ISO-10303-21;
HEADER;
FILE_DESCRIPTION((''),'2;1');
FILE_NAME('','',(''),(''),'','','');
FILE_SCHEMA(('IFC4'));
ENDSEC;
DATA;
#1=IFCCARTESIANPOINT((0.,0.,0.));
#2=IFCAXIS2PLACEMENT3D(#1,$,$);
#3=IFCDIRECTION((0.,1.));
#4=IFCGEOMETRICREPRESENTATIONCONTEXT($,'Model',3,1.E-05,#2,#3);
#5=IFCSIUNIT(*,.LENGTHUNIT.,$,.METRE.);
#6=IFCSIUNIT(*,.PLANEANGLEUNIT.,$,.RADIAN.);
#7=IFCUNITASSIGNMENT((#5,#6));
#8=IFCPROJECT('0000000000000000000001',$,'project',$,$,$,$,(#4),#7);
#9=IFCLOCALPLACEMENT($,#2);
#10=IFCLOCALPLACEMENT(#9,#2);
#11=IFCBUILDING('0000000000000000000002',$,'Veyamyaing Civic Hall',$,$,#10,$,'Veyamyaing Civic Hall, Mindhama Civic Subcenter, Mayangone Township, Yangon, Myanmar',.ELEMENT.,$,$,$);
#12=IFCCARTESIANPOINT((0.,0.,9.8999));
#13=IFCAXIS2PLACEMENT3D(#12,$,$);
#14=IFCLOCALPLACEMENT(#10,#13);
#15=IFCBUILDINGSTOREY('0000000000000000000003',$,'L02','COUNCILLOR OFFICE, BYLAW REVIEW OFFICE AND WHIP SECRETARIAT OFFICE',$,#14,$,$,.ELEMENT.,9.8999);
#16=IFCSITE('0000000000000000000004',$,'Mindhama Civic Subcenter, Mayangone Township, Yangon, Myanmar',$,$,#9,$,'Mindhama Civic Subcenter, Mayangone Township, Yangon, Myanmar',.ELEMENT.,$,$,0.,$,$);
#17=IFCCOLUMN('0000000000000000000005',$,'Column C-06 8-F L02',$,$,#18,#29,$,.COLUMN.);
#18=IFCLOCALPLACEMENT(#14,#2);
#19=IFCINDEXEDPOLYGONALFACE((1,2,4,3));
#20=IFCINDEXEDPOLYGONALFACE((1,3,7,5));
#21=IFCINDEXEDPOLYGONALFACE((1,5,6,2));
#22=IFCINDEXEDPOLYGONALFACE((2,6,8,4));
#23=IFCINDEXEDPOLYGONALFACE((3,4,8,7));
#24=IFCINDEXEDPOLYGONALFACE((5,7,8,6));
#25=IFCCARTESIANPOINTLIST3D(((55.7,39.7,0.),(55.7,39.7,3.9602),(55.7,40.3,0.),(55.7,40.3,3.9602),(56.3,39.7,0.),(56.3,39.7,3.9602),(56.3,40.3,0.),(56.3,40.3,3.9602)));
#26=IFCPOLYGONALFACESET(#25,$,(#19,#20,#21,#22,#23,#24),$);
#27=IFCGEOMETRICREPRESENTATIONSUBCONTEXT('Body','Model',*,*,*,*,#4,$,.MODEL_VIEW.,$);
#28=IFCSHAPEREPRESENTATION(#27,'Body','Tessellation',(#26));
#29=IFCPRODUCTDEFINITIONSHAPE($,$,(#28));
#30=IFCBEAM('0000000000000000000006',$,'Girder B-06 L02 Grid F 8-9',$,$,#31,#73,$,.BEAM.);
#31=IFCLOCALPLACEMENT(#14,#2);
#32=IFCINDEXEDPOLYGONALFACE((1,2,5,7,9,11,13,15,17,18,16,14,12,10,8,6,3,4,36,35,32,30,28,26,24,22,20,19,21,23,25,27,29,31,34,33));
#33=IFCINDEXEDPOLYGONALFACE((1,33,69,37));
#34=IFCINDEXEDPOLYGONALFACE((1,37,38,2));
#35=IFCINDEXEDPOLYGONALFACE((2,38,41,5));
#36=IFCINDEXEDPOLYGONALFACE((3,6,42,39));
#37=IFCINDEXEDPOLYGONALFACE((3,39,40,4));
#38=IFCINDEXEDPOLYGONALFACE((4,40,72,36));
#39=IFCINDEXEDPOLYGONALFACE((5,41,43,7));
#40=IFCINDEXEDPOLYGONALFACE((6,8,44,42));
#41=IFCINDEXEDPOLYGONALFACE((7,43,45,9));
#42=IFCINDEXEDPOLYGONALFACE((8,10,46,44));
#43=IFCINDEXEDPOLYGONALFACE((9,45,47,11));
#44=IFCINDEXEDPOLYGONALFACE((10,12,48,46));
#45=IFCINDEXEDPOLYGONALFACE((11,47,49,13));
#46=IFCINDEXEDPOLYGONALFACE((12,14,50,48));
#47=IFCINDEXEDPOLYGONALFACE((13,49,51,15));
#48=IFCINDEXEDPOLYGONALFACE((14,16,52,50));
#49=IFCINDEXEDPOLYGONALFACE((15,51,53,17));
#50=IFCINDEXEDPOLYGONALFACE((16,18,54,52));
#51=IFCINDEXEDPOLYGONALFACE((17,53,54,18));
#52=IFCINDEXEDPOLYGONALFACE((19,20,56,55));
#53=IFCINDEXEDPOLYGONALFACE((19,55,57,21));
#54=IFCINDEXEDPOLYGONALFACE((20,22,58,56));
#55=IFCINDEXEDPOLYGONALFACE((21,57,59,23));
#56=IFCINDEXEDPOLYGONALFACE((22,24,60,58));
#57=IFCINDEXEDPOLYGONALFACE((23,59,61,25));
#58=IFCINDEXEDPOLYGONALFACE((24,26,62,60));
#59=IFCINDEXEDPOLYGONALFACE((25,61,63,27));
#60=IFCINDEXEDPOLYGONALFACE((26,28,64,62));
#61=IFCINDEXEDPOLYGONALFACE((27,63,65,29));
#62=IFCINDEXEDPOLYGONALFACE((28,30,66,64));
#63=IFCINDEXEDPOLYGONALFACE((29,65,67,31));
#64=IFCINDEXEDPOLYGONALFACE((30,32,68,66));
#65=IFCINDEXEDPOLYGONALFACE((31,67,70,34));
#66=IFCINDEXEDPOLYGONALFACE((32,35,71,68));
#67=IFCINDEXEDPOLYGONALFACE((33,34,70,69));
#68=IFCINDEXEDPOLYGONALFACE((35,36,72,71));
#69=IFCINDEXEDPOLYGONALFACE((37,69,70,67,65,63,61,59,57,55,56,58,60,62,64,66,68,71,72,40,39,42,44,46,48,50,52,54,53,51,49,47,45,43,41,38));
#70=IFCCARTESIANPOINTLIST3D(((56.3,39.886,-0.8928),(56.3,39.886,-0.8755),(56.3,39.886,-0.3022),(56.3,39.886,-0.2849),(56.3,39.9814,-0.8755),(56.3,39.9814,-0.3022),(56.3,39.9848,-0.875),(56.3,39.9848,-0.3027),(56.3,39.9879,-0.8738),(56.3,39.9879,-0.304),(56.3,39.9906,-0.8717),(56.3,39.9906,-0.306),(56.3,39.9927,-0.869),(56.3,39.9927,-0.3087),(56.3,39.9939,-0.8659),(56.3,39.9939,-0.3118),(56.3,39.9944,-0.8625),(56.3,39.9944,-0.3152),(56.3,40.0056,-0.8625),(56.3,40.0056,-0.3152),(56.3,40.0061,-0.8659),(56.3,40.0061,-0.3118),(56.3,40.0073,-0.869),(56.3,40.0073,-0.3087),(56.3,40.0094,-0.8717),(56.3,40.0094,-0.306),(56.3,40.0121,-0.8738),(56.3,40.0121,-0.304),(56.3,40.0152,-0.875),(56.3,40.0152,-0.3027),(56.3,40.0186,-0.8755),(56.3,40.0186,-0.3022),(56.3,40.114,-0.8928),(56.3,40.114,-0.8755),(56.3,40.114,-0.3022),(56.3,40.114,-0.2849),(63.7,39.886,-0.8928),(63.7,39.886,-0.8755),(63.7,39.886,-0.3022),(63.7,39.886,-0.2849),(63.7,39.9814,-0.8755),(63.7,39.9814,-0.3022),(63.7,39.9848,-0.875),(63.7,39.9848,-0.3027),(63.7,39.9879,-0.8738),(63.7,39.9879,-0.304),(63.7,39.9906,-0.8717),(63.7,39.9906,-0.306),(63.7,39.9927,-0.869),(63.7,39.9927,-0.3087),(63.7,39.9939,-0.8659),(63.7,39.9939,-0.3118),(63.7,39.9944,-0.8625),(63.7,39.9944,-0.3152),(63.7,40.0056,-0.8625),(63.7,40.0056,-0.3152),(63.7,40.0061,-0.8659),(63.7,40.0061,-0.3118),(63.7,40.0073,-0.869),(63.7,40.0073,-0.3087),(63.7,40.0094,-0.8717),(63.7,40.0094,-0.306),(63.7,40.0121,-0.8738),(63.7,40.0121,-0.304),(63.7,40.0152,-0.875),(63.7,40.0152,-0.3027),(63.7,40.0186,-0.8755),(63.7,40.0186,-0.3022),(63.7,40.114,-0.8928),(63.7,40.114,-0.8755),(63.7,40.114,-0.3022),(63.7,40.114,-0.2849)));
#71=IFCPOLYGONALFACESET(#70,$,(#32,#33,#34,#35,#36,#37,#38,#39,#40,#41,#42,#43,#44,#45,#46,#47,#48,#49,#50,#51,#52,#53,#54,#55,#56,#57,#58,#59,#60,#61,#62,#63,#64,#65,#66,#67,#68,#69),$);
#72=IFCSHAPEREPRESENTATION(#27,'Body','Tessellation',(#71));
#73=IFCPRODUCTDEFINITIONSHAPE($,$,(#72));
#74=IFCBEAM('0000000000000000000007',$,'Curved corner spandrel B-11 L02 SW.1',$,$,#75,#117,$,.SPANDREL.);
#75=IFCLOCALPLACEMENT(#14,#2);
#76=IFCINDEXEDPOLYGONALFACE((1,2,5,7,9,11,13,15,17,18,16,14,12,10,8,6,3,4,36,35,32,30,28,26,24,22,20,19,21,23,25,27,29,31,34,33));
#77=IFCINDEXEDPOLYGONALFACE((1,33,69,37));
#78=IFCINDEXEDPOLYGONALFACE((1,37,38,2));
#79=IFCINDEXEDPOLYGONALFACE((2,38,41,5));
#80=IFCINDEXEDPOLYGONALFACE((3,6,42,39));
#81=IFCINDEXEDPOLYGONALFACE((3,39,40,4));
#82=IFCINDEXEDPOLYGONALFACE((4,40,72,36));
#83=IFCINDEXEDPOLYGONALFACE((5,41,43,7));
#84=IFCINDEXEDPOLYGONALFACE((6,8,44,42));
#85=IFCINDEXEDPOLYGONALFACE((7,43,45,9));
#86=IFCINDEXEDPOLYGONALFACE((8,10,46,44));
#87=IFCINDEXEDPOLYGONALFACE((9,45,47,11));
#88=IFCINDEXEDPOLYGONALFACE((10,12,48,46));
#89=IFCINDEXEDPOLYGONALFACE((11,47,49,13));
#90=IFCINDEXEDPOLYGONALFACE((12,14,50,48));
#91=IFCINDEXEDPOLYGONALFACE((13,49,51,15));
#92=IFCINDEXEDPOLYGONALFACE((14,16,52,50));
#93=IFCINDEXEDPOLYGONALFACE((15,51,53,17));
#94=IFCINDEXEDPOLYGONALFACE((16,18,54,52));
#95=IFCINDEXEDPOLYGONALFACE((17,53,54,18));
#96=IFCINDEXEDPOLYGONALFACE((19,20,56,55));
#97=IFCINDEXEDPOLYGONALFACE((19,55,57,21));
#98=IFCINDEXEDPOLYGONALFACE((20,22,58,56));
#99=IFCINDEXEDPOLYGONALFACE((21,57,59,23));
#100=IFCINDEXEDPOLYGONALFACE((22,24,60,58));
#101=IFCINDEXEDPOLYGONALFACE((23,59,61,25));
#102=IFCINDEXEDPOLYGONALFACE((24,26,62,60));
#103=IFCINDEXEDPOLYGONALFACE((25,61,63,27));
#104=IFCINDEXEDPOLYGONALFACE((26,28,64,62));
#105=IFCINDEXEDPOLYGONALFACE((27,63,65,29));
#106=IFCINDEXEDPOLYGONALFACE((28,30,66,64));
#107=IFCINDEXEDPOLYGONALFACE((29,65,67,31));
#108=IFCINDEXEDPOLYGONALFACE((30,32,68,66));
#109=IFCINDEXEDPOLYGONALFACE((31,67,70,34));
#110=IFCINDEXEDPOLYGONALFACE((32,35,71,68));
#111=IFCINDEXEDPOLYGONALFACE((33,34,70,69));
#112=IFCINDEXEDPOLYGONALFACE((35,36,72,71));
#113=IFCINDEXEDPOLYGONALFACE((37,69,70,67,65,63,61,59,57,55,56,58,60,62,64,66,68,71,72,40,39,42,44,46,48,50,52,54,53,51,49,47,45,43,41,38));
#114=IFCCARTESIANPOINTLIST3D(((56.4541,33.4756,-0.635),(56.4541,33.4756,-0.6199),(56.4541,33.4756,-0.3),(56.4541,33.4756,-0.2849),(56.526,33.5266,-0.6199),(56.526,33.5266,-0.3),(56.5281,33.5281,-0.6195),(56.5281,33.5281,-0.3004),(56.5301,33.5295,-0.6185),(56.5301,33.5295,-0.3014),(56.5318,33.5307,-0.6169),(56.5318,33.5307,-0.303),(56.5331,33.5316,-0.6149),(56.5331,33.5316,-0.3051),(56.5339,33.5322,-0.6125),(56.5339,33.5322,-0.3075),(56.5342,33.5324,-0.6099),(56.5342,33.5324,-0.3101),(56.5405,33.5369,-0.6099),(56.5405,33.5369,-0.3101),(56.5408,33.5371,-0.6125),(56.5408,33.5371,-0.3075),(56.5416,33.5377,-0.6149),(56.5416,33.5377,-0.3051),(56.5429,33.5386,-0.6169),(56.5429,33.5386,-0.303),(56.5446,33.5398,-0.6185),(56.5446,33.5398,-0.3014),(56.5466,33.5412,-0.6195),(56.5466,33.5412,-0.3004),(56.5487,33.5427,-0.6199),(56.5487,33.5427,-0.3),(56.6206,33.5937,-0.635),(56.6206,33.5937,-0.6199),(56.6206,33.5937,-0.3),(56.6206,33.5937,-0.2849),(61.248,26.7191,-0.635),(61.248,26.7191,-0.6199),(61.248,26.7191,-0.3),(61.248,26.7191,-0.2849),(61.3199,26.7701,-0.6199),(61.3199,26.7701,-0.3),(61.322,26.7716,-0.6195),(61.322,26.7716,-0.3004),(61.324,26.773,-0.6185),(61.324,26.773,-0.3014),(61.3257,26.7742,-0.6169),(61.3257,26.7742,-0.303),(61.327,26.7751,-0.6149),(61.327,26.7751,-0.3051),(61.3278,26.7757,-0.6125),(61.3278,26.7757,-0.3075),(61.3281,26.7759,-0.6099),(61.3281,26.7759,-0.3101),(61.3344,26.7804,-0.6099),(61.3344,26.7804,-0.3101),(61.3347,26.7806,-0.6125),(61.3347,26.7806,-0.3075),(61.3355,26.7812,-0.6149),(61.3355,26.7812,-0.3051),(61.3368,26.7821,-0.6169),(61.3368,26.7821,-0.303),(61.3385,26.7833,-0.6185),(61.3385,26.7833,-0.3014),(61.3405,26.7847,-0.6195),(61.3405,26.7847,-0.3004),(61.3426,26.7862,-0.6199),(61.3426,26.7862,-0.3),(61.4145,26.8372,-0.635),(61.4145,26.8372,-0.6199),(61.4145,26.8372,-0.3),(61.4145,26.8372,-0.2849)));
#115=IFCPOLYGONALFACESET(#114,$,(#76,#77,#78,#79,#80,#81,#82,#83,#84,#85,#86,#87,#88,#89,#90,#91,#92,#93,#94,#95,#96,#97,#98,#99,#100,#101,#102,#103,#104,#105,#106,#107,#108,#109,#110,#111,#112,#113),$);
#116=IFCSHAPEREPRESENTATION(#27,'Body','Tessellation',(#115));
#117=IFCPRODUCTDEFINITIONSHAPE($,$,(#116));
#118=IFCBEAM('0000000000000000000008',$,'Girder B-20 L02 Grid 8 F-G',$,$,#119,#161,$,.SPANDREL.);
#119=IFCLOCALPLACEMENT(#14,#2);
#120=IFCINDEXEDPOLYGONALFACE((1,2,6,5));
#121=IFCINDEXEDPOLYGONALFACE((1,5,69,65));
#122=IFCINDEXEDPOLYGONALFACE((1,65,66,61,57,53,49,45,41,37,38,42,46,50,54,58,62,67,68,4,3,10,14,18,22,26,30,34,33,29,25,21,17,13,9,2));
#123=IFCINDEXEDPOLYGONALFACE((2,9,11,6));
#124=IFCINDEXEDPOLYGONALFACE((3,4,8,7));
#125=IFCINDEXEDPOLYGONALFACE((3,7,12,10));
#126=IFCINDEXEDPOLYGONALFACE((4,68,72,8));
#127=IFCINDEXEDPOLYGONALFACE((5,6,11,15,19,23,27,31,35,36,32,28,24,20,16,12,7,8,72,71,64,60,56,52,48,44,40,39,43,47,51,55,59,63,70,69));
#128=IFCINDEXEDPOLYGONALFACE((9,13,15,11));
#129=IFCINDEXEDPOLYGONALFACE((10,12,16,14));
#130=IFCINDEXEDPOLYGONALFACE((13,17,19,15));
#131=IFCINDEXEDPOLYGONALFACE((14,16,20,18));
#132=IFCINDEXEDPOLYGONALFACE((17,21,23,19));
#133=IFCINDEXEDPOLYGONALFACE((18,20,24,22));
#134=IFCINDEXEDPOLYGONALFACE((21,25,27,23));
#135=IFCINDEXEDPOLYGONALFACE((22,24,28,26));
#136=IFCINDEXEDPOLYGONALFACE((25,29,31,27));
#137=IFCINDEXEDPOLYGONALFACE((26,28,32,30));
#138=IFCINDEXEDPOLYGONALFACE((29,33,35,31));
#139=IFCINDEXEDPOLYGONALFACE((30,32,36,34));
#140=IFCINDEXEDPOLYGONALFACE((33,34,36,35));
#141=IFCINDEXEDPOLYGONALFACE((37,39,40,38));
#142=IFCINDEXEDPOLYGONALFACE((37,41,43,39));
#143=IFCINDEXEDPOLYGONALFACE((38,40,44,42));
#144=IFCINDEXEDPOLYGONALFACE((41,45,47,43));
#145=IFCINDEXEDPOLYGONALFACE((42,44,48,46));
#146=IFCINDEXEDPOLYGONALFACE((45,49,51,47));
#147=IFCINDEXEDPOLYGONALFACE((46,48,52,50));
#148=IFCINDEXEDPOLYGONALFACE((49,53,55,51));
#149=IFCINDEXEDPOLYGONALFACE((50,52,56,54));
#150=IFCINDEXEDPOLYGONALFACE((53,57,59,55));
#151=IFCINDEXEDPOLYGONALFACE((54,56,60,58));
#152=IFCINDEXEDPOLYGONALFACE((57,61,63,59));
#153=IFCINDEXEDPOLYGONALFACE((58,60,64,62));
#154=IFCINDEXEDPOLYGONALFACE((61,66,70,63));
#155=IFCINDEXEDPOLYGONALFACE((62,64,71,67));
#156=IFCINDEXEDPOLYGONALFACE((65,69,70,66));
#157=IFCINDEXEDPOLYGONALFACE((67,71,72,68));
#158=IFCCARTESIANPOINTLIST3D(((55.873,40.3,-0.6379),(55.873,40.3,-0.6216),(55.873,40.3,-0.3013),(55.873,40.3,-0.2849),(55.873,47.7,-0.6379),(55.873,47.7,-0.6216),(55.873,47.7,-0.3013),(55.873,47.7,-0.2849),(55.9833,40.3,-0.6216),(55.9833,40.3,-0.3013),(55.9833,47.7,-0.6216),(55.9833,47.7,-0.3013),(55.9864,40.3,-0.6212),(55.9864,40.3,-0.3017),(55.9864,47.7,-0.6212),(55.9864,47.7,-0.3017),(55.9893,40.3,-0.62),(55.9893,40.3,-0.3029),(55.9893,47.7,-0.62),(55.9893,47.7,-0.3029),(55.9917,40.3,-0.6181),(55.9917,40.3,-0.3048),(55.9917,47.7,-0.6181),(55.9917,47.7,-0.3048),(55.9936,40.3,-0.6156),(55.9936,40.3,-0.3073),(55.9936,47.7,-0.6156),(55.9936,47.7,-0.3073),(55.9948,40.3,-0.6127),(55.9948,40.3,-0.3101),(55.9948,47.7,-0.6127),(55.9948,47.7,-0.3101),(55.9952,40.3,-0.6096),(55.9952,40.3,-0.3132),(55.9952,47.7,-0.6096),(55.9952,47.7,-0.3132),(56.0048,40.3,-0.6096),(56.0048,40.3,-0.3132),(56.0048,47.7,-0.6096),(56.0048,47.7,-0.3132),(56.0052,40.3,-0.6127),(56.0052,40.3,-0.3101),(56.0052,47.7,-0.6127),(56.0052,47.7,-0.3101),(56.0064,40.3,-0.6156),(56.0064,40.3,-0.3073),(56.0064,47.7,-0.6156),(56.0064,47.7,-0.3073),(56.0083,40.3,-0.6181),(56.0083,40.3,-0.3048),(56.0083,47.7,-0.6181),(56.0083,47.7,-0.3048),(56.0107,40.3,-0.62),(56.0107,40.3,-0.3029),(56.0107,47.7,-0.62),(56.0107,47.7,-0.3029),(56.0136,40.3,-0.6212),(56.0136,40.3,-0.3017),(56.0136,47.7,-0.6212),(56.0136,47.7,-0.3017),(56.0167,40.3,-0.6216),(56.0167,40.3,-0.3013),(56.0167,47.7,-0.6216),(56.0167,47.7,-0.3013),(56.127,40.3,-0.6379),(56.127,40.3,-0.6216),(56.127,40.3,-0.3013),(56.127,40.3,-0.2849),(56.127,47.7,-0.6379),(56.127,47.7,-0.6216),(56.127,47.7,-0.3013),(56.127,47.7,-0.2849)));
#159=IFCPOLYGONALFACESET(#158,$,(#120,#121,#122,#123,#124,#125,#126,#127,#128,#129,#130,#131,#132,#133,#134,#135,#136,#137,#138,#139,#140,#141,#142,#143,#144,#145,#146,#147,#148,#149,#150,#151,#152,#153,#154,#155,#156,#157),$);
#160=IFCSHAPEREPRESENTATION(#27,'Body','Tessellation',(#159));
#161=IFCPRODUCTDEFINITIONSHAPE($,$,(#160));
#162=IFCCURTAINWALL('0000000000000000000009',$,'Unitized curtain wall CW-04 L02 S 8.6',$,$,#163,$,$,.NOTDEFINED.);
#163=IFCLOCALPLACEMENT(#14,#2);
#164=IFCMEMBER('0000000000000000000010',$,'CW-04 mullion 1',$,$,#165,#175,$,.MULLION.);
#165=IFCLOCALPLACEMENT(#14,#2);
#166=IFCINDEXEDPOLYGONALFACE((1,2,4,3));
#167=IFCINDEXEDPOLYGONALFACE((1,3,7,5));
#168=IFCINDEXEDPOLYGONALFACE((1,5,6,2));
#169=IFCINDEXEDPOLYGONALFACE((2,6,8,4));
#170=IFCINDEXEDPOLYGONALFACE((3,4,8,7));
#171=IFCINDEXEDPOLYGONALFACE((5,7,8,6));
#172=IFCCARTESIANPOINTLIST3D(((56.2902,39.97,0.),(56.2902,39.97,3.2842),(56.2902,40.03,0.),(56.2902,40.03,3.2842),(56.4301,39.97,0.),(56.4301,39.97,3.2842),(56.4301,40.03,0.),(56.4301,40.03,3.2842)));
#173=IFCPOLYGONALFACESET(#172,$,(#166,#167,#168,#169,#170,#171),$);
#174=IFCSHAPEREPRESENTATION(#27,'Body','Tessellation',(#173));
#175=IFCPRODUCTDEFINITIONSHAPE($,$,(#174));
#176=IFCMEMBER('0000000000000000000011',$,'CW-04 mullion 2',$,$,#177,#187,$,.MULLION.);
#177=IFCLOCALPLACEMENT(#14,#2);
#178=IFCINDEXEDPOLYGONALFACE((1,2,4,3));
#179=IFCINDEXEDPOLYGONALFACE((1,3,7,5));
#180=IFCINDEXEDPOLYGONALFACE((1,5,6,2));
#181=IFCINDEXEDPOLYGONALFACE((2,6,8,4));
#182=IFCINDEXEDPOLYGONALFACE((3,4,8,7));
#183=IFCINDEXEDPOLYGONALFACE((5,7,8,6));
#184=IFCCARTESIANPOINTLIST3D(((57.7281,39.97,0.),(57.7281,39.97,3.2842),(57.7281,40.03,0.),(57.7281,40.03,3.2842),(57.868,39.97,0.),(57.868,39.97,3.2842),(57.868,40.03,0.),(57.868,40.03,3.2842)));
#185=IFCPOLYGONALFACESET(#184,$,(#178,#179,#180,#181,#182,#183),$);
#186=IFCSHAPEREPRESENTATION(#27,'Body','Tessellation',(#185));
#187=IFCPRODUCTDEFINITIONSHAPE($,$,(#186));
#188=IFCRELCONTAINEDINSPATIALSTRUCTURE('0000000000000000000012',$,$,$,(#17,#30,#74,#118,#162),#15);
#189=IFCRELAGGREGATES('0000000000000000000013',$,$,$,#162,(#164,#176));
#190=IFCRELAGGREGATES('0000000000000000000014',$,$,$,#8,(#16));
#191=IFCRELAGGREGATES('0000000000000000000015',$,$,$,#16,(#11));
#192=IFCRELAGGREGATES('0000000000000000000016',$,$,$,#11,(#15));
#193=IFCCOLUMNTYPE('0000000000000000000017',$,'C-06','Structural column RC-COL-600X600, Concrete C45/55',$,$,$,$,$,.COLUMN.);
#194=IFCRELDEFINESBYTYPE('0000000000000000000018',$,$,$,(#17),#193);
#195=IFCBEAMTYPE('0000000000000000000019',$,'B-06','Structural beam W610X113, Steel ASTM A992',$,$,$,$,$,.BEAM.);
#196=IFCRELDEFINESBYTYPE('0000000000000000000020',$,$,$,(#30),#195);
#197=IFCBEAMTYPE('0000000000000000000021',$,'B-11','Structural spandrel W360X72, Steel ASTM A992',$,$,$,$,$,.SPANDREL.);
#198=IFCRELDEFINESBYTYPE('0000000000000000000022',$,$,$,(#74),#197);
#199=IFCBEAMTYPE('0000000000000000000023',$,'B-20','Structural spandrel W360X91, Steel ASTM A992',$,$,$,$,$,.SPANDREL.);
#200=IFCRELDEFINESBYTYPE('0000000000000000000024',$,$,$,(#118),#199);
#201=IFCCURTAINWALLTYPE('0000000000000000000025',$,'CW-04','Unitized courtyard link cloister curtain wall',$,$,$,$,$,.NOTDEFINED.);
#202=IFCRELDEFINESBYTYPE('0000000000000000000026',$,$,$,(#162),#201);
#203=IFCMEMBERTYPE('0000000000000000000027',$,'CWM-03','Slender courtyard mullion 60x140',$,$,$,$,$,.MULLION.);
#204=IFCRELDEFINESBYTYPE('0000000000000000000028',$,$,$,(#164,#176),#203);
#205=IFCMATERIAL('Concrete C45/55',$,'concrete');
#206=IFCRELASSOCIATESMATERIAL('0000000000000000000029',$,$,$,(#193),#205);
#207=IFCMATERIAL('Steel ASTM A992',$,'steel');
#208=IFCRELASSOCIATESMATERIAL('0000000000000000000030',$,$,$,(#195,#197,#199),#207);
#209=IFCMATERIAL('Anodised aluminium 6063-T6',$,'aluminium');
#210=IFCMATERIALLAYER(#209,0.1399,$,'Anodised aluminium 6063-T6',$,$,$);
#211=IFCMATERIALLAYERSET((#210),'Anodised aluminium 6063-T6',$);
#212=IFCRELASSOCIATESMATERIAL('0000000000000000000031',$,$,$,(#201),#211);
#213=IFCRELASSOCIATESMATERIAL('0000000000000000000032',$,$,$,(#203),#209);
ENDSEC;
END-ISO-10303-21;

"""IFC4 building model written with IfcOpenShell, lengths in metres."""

from ifc_helpers import new_model, si_unit, direction, frame, origin, origin_2d, place, context, subcontext, project, spatial, rectangle, i_section, extrude, material, layer, layer_set, material_profile, profile_set, type_object, element, aggregate, save


model = new_model("IFC4")

# Units and contexts
model_context = context("Model", 3, precision=1e-05, world=origin(), true_north=direction((0.0, 1.0)))
body_context = subcontext(model_context, "Body", "Model", "MODEL_VIEW")
ifc_project = project(units=[si_unit("LENGTHUNIT", "METRE"), si_unit("PLANEANGLEUNIT", "RADIAN")], contexts=[model_context])

# Site, building, storey
site_placement = place(None, origin())
site = spatial("IfcSite", under=ifc_project, at=site_placement, Name="Mindhama Civic Subcenter, Mayangone Township, Yangon, Myanmar", LongName="Mindhama Civic Subcenter, Mayangone Township, Yangon, Myanmar", CompositionType="ELEMENT", RefElevation=0.0)
building_placement = place(site_placement, origin())
building = spatial("IfcBuilding", under=site, at=building_placement, Name="Veyamyaing Civic Hall", LongName="Veyamyaing Civic Hall, Mindhama Civic Subcenter, Mayangone Township, Yangon, Myanmar", CompositionType="ELEMENT")
storey_placement = place(building_placement, frame((0.0, 0.0, 9.8999)))
storey = spatial("IfcBuildingStorey", under=building, at=storey_placement, Name="L02", Description="COUNCILLOR OFFICE, BYLAW REVIEW OFFICE AND WHIP SECRETARIAT OFFICE", CompositionType="ELEMENT", Elevation=9.8999)

# Column
ifc_material_1 = material(Name="Concrete C45/55", Category="concrete")
ifc_material_profile_1 = material_profile(ifc_material_1, rectangle(XDim=0.6001, YDim=0.6001, at=origin_2d()), Name="RC-COL-600X600")
ifc_profile_set_1 = profile_set([ifc_material_profile_1], Name="Concrete C45/55")
column_type = type_object("IfcColumnType", Name="C-06", Description="Structural column RC-COL-600X600, Concrete C45/55", PredefinedType="COLUMN", material=ifc_profile_set_1)
column_placement = place(storey_placement, frame((56.0, 40.0, 0.0), z_axis=(0.0, 0.0, 1.0), x_axis=(1.0, 0.0, 0.0)))
element("IfcColumn", 1, at=column_placement, inside=storey, type_object=column_type, Name="Column C-06 8-F L02", PredefinedType="COLUMN", context=body_context, shape_type="SweptSolid", body=[
    extrude(rectangle(XDim=0.6001, YDim=0.6001, at=origin_2d()), origin(), (0.0, 0.0, 1.0), 3.9602),
])

# Beams
ifc_material_2 = material(Name="Steel ASTM A992", Category="steel")
ifc_material_profile_2 = material_profile(ifc_material_2, i_section(OverallWidth=0.228, OverallDepth=0.6079, WebThickness=0.0112, FlangeThickness=0.0173, FilletRadius=0.0129, at=origin_2d()), Name="W610X113")
ifc_profile_set_2 = profile_set([ifc_material_profile_2], Name="Steel ASTM A992")
beam_type_1 = type_object("IfcBeamType", Name="B-06", Description="Structural beam W610X113, Steel ASTM A992", PredefinedType="BEAM", material=ifc_profile_set_2)
beam_1_placement = place(storey_placement, frame((56.3, 40.0, -0.5889), z_axis=(1.0, 0.0, 0.0), x_axis=(0.0, 1.0, 0.0)))
element("IfcBeam", 2, at=beam_1_placement, inside=storey, type_object=beam_type_1, Name="Girder B-06 L02 Grid F 8-9", PredefinedType="BEAM", context=body_context, shape_type="SweptSolid", body=[
    extrude(i_section(OverallWidth=0.228, OverallDepth=0.6079, WebThickness=0.0112, FlangeThickness=0.0173, FilletRadius=0.0129, at=origin_2d()), origin(), (0.0, 0.0, 1.0), 7.3999),
])
ifc_material_profile_3 = material_profile(ifc_material_2, i_section(OverallWidth=0.2041, OverallDepth=0.3501, WebThickness=0.0078, FlangeThickness=0.0151, FilletRadius=0.01, at=origin_2d()), Name="W360X72")
ifc_profile_set_3 = profile_set([ifc_material_profile_3], Name="Steel ASTM A992")
beam_type_2 = type_object("IfcBeamType", Name="B-11", Description="Structural spandrel W360X72, Steel ASTM A992", PredefinedType="SPANDREL", material=ifc_profile_set_3)
beam_2_placement = place(storey_placement, frame((56.5374, 33.5347, -0.46), z_axis=(0.578662, -0.815567, 0.0), x_axis=(0.815567, 0.578662, 0.0)))
element("IfcBeam", 3, at=beam_2_placement, inside=storey, type_object=beam_type_2, Name="Curved corner spandrel B-11 L02 SW.1", PredefinedType="SPANDREL", context=body_context, shape_type="SweptSolid", body=[
    extrude(i_section(OverallWidth=0.2041, OverallDepth=0.3501, WebThickness=0.0078, FlangeThickness=0.0151, FilletRadius=0.01, at=origin_2d()), origin(), (0.0, 0.0, 1.0), 8.2844),
])
ifc_material_profile_4 = material_profile(ifc_material_2, i_section(OverallWidth=0.2539, OverallDepth=0.353, WebThickness=0.0095, FlangeThickness=0.0164, FilletRadius=0.012, at=origin_2d()), Name="W360X91")
ifc_profile_set_4 = profile_set([ifc_material_profile_4], Name="Steel ASTM A992")
beam_type_3 = type_object("IfcBeamType", Name="B-20", Description="Structural spandrel W360X91, Steel ASTM A992", PredefinedType="SPANDREL", material=ifc_profile_set_4)
beam_3_placement = place(storey_placement, frame((56.0, 40.3, -0.4614), z_axis=(0.0, 1.0, 0.0), x_axis=(-1.0, 0.0, 0.0)))
element("IfcBeam", 4, at=beam_3_placement, inside=storey, type_object=beam_type_3, Name="Girder B-20 L02 Grid 8 F-G", PredefinedType="SPANDREL", context=body_context, shape_type="SweptSolid", body=[
    extrude(i_section(OverallWidth=0.2539, OverallDepth=0.353, WebThickness=0.0095, FlangeThickness=0.0164, FilletRadius=0.012, at=origin_2d()), origin(), (0.0, 0.0, 1.0), 7.3999),
])

# Curtain wall, members
ifc_material_3 = material(Name="Anodised aluminium 6063-T6", Category="aluminium")
ifc_layer_1 = layer(ifc_material_3, 0.1399, Name="Anodised aluminium 6063-T6")
ifc_layer_set_1 = layer_set([ifc_layer_1], Name="Anodised aluminium 6063-T6")
curtain_wall_type = type_object("IfcCurtainWallType", Name="CW-04", Description="Unitized courtyard link cloister curtain wall", PredefinedType="NOTDEFINED", material=ifc_layer_set_1)
curtain_wall_placement = place(storey_placement, origin())
curtain_wall = element("IfcCurtainWall", 5, at=curtain_wall_placement, inside=storey, type_object=curtain_wall_type, Name="Unitized curtain wall CW-04 L02 S 8.6", PredefinedType="NOTDEFINED")
ifc_material_profile_5 = material_profile(ifc_material_3, rectangle(XDim=0.0601, YDim=0.1399, at=origin_2d()), Name="ALU-MUL-60X140")
ifc_profile_set_5 = profile_set([ifc_material_profile_5], Name="Anodised aluminium 6063-T6")
member_type_1 = type_object("IfcMemberType", Name="CWM-03", Description="Slender courtyard mullion 60x140", PredefinedType="MULLION", material=ifc_profile_set_5)
member_1_placement = place(storey_placement, frame((56.3601, 40.0, 0.0), z_axis=(0.0, 0.0, 1.0), x_axis=(0.0, 1.0, 0.0)))
member_1 = element("IfcMember", 6, at=member_1_placement, type_object=member_type_1, Name="CW-04 mullion 1", PredefinedType="MULLION", context=body_context, shape_type="SweptSolid", body=[
    extrude(rectangle(XDim=0.0601, YDim=0.1399, at=origin_2d()), origin(), (0.0, 0.0, 1.0), 3.2842),
])
member_2_placement = place(storey_placement, frame((57.7981, 40.0, 0.0), z_axis=(0.0, 0.0, 1.0), x_axis=(0.0, 1.0, 0.0)))
member_2 = element("IfcMember", 7, at=member_2_placement, type_object=member_type_1, Name="CW-04 mullion 2", PredefinedType="MULLION", context=body_context, shape_type="SweptSolid", body=[
    extrude(rectangle(XDim=0.0601, YDim=0.1399, at=origin_2d()), origin(), (0.0, 0.0, 1.0), 3.2842),
])
aggregate(curtain_wall, [member_1, member_2])

save(model, "model.ifc")
